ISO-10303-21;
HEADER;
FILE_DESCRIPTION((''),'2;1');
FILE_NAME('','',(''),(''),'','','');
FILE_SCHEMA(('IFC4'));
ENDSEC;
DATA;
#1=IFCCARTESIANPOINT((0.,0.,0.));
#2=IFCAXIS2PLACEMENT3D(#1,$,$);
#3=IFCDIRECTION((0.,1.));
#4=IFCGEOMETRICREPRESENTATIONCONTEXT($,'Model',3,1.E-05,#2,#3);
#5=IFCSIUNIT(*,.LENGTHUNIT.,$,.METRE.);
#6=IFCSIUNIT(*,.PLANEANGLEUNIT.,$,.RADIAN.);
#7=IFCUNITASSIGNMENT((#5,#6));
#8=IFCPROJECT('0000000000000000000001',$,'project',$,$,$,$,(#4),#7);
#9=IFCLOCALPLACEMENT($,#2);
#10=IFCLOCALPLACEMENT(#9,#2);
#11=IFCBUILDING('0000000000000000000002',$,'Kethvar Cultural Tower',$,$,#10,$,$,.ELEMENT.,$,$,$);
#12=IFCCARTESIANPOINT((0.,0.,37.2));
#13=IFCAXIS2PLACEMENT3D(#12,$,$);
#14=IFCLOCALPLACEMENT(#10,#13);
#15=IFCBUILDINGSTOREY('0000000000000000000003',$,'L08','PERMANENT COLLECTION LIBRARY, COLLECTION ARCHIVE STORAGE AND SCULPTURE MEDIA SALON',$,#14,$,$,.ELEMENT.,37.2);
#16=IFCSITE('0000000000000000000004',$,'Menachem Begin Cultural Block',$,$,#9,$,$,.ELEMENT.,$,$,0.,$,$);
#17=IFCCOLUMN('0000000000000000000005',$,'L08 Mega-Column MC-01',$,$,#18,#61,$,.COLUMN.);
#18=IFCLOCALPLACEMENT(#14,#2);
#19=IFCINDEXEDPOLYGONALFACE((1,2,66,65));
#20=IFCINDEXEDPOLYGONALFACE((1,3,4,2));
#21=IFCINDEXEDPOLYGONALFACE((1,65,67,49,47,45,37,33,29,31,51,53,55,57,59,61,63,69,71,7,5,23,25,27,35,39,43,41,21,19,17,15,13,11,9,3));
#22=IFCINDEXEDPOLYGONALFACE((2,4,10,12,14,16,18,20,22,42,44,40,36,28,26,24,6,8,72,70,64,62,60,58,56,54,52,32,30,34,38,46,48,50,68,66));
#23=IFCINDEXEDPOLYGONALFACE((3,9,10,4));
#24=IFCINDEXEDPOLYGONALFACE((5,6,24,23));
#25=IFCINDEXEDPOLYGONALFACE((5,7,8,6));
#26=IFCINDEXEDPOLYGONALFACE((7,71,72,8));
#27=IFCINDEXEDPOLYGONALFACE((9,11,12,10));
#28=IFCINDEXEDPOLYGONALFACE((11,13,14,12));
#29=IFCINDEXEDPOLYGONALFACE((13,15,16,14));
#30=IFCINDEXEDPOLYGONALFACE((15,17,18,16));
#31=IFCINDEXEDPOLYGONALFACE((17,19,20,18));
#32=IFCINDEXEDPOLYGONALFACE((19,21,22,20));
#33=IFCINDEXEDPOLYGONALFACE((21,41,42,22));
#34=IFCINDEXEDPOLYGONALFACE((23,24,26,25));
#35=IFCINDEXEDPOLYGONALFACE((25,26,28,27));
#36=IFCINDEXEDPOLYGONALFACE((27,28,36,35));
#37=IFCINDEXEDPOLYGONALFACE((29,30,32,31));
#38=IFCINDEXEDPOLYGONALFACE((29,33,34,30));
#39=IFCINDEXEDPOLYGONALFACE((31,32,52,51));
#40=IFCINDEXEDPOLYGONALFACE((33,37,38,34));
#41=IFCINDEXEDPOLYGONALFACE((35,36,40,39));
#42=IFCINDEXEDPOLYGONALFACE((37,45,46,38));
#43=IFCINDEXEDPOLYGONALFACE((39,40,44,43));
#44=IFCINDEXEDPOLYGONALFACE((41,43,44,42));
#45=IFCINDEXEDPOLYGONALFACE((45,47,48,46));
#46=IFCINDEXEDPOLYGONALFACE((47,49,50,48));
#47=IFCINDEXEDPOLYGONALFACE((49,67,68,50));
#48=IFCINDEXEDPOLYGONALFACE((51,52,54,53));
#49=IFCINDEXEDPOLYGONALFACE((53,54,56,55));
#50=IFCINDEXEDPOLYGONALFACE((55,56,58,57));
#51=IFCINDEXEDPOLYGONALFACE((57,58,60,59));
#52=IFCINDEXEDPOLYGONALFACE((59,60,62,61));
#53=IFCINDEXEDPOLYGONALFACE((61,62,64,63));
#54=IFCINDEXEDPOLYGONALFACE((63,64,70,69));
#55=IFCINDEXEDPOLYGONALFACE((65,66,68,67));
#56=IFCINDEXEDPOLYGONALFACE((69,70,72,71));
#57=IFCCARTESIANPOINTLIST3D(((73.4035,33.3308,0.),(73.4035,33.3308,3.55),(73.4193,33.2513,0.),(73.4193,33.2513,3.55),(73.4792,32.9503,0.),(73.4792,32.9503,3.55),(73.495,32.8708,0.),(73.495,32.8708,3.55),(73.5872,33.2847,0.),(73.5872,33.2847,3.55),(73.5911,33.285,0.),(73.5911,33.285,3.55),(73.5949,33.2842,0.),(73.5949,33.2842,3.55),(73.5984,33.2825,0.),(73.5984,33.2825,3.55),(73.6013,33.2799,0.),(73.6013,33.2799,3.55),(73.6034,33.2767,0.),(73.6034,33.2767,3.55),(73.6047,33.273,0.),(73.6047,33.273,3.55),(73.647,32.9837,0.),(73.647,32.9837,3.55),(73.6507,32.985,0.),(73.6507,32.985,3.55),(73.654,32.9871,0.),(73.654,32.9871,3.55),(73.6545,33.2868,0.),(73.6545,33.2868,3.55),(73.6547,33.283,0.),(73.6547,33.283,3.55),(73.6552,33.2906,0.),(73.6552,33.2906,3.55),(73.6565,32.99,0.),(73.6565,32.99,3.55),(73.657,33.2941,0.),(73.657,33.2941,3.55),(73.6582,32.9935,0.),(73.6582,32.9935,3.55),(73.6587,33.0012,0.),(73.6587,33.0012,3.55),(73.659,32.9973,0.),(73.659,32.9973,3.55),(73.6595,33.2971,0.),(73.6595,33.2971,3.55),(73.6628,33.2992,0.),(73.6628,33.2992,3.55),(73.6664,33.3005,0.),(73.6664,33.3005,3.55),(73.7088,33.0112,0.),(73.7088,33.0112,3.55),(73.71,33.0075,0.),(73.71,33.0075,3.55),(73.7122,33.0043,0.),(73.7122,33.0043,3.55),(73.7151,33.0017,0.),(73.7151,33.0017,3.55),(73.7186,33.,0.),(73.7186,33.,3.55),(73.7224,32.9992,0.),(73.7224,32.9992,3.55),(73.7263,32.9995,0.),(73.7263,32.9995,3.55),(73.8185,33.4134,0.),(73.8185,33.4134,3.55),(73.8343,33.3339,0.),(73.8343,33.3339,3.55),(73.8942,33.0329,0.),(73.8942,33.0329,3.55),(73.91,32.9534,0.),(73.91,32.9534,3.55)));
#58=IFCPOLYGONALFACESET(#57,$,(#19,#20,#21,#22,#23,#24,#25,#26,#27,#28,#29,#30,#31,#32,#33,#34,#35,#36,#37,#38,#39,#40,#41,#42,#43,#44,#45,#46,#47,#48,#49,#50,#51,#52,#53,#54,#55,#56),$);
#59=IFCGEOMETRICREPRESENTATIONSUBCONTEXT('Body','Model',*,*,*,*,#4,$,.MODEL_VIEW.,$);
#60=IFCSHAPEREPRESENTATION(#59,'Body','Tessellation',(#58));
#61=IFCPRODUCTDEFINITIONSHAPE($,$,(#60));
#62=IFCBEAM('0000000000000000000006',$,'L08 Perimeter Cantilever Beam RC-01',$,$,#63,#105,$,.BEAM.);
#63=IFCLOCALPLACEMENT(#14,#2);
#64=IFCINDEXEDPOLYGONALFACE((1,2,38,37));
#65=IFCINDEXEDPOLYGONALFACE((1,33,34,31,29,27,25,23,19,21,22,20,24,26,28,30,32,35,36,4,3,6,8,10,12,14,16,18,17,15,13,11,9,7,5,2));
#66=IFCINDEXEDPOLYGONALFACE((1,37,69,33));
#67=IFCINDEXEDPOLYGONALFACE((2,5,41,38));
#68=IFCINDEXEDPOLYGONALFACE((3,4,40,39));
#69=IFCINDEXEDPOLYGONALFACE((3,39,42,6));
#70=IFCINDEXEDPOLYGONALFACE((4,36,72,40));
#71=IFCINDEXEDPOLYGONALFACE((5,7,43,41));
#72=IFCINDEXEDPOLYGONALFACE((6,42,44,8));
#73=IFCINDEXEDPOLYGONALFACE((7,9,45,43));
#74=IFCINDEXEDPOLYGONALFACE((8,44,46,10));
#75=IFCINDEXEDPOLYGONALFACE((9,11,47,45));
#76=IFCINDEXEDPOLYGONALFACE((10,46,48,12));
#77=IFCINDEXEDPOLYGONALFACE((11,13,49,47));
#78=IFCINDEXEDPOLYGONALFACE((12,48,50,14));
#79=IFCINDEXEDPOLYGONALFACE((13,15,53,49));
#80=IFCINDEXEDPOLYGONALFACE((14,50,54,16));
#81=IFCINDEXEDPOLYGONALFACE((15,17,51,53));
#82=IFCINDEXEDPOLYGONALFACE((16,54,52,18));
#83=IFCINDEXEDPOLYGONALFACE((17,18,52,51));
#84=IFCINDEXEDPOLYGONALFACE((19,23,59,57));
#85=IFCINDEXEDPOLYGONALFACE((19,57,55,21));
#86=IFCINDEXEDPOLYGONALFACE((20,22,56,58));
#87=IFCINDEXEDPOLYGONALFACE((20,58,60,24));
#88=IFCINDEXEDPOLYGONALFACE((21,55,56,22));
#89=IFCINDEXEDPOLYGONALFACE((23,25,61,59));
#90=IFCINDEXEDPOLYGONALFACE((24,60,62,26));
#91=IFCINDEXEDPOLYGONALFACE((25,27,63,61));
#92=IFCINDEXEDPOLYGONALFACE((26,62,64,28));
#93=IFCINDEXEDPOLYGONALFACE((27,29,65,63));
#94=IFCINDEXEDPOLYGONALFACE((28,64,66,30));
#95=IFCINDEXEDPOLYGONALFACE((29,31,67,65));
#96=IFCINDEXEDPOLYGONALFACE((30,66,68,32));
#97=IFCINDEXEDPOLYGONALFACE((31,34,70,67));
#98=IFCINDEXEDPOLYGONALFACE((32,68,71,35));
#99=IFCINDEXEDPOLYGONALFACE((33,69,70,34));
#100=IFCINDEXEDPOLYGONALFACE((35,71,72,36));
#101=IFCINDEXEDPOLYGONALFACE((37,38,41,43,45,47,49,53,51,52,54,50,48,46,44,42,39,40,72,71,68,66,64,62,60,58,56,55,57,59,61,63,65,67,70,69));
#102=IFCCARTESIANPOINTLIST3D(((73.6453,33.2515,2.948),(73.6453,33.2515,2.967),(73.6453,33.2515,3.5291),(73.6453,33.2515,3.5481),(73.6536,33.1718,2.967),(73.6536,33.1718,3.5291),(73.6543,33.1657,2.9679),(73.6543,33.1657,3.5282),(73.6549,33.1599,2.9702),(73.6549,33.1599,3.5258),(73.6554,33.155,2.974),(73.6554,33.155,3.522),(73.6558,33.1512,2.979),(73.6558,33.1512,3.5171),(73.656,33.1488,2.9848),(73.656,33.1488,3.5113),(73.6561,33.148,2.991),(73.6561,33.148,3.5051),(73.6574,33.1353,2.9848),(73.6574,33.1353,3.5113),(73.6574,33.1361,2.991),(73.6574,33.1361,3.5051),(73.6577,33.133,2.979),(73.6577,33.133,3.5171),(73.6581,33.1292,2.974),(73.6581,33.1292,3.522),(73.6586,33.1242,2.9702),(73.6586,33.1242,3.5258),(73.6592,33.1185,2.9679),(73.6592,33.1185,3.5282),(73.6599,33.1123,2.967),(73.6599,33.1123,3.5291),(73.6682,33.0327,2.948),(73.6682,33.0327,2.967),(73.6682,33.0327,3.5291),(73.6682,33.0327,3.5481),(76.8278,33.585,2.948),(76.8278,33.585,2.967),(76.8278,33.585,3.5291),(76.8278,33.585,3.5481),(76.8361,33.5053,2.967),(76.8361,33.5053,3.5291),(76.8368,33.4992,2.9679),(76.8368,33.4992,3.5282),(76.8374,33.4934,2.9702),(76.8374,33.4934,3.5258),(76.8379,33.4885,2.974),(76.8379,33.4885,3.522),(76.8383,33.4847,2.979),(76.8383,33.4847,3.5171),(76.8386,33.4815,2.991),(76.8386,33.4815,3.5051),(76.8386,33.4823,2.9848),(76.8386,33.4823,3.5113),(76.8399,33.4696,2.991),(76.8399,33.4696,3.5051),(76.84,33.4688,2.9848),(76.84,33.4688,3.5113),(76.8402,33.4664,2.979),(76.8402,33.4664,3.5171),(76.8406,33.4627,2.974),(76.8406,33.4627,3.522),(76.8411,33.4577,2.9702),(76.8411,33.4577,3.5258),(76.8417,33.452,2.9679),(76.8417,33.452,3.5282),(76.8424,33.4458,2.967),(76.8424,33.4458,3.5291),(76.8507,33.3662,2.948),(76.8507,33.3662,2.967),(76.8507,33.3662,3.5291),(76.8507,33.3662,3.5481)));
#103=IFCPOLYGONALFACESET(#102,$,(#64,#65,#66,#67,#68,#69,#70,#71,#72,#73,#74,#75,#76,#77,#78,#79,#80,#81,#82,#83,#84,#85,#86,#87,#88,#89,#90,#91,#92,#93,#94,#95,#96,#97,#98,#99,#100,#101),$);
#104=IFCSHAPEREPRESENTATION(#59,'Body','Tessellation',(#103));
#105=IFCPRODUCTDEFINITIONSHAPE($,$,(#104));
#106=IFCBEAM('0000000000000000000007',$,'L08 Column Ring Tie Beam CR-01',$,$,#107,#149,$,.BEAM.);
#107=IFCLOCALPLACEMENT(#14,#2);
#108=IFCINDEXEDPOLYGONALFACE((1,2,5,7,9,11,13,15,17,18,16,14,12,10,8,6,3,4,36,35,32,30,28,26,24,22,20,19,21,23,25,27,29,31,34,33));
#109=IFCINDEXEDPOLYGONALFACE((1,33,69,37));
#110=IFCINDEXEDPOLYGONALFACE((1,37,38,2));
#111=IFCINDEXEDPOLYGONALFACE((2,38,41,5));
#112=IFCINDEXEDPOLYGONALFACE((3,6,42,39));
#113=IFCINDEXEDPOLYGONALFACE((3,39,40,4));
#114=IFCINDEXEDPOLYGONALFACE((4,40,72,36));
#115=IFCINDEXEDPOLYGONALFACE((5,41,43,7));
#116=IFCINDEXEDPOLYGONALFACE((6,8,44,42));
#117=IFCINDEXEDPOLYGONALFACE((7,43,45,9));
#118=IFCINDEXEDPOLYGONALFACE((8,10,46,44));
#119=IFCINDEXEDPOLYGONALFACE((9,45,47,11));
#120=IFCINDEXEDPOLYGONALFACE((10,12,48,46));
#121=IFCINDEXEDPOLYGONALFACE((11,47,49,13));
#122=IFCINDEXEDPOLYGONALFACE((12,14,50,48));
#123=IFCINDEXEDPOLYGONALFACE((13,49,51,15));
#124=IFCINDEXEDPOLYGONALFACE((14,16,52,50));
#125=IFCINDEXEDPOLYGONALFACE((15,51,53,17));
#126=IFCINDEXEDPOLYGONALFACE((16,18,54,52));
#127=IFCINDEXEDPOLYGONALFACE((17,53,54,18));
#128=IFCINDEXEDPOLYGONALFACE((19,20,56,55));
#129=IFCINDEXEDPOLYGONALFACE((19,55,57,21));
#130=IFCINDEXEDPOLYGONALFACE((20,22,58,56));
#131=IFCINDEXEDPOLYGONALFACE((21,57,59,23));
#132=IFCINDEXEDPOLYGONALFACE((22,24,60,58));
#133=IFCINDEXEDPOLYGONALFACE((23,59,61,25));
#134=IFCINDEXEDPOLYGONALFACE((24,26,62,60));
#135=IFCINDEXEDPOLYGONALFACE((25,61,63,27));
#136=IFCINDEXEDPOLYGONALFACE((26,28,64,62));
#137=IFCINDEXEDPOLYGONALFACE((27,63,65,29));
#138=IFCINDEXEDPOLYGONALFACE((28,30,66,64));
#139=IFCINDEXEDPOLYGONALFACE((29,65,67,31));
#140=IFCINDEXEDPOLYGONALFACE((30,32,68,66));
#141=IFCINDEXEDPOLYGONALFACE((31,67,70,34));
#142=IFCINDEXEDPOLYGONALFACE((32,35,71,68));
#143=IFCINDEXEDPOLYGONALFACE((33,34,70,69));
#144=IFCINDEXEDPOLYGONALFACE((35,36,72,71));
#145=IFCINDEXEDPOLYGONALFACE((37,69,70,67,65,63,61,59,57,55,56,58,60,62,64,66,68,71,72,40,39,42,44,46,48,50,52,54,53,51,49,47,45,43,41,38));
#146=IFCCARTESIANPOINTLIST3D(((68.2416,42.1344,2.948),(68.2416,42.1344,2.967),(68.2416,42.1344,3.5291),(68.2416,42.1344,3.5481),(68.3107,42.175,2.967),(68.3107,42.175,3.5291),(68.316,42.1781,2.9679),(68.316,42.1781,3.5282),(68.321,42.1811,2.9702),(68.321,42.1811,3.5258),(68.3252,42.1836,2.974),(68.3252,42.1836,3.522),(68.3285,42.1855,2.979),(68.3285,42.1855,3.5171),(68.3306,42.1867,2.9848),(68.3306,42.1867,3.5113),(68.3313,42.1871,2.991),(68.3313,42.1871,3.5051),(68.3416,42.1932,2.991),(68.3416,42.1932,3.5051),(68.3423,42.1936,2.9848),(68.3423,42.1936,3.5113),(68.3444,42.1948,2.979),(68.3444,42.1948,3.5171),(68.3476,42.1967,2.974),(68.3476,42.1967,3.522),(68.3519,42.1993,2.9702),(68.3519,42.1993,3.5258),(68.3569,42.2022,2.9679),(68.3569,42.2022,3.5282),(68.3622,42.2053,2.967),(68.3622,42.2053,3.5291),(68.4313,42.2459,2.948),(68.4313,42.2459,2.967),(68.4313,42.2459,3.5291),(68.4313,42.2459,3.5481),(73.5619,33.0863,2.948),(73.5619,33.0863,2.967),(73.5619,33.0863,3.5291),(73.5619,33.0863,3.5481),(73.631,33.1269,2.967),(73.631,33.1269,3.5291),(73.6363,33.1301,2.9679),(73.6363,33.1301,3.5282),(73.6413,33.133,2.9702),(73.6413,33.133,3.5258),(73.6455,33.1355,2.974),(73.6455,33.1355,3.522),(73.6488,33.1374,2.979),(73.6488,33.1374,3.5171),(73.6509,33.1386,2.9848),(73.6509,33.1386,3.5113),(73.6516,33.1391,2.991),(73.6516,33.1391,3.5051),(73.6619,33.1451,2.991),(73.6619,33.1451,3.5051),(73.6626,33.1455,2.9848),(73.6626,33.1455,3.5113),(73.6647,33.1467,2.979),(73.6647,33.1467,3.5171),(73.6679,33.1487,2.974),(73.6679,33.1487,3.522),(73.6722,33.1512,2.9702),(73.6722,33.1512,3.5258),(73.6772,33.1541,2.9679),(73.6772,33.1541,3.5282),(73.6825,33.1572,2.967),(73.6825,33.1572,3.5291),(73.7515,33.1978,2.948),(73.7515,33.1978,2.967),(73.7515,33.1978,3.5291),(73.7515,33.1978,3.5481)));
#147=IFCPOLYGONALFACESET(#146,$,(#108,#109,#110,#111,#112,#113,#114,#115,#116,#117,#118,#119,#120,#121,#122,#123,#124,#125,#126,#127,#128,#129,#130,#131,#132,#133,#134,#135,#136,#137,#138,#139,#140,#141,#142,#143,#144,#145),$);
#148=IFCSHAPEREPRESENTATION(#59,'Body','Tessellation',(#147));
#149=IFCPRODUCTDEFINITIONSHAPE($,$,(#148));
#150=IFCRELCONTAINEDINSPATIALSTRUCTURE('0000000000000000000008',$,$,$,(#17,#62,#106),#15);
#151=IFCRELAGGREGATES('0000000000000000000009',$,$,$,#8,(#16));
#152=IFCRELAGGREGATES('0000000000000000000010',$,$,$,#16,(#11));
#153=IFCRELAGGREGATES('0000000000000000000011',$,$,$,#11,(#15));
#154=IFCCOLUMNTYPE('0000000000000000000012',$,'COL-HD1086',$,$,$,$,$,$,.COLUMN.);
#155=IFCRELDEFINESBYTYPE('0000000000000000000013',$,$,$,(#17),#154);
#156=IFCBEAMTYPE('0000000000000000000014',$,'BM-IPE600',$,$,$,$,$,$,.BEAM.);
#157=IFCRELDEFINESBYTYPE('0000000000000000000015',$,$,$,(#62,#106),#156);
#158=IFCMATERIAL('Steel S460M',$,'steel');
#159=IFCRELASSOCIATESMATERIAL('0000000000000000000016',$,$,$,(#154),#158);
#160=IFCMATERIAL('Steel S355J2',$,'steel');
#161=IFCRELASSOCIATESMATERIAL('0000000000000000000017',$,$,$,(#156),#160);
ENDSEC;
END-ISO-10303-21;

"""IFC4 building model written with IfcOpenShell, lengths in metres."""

from ifc_helpers import new_model, si_unit, direction, frame, origin, origin_2d, place, context, subcontext, project, spatial, i_section, extrude, source, transform, mapped, material, material_profile, profile_set, type_object, element, save


model = new_model("IFC4")

# Units and contexts
model_context = context("Model", 3, precision=1e-05, world=origin(), true_north=direction((0.0, 1.0)))
body_context = subcontext(model_context, "Body", "Model", "MODEL_VIEW")
ifc_project = project(units=[si_unit("LENGTHUNIT", "METRE"), si_unit("PLANEANGLEUNIT", "RADIAN")], contexts=[model_context])

# Site, building, storey
site_placement = place(None, origin())
site = spatial("IfcSite", under=ifc_project, at=site_placement, Name="Menachem Begin Cultural Block", CompositionType="ELEMENT", RefElevation=0.0)
building_placement = place(site_placement, origin())
building = spatial("IfcBuilding", under=site, at=building_placement, Name="Kethvar Cultural Tower", CompositionType="ELEMENT")
storey_placement = place(building_placement, frame((0.0, 0.0, 37.2)))
storey = spatial("IfcBuildingStorey", under=building, at=storey_placement, Name="L08", Description="PERMANENT COLLECTION LIBRARY, COLLECTION ARCHIVE STORAGE AND SCULPTURE MEDIA SALON", CompositionType="ELEMENT", Elevation=37.2)

# Column
ifc_material_1 = material(Name="Steel S460M", Category="steel")
ifc_material_profile_1 = material_profile(ifc_material_1, i_section(OverallWidth=0.4231, OverallDepth=0.469, WebThickness=0.051, FlangeThickness=0.0811, FilletRadius=0.0149, at=origin_2d()), Name="Steel S460M — HD400x1086")
ifc_profile_set_1 = profile_set([ifc_material_profile_1], Name="Steel S460M — HD400x1086")
column_type = type_object("IfcColumnType", Name="COL-HD1086", PredefinedType="COLUMN", material=ifc_profile_set_1)
shared_shape_1 = source(origin(), body_context, "Body", "SweptSolid", [
    extrude(i_section(OverallWidth=0.4231, OverallDepth=0.469, WebThickness=0.051, FlangeThickness=0.0811, FilletRadius=0.0149, at=origin_2d()), origin(), (0.0, 0.0, 1.0), 3.55),
])
column_placement = place(storey_placement, frame((73.6567, 33.1421, 0.0), z_axis=(0.0, 0.0, 1.0), x_axis=(0.980785, 0.19509, 0.0)))
element("IfcColumn", 1, at=column_placement, inside=storey, type_object=column_type, Name="L08 Mega-Column MC-01", PredefinedType="COLUMN", context=body_context, shape_type="MappedRepresentation", body=[
    mapped(shared_shape_1, transform((0.0, 0.0, 0.0), scale=1.0)),
])

# Beams
ifc_material_2 = material(Name="Steel S355J2", Category="steel")
ifc_material_profile_2 = material_profile(ifc_material_2, i_section(OverallWidth=0.22, OverallDepth=0.6001, WebThickness=0.012, FlangeThickness=0.019, FilletRadius=0.0239, at=origin_2d()), Name="Steel S355J2 — IPE600")
ifc_profile_set_2 = profile_set([ifc_material_profile_2], Name="Steel S355J2 — IPE600")
beam_type_1 = type_object("IfcBeamType", Name="BM-IPE600", PredefinedType="BEAM", material=ifc_profile_set_2)
shared_shape_2 = source(origin(), body_context, "Body", "SweptSolid", [
    extrude(i_section(OverallWidth=0.22, OverallDepth=0.6001, WebThickness=0.012, FlangeThickness=0.019, FilletRadius=0.0239, at=origin_2d()), origin(), (0.0, 0.0, 1.0), 3.2),
])
beam_1_placement = place(storey_placement, frame((73.6567, 33.1421, 3.248), z_axis=(0.994555, 0.104216, 0.0), x_axis=(-0.104216, 0.994555, 0.0)))
element("IfcBeam", 2, at=beam_1_placement, inside=storey, type_object=beam_type_1, Name="L08 Perimeter Cantilever Beam RC-01", PredefinedType="BEAM", context=body_context, shape_type="MappedRepresentation", body=[
    mapped(shared_shape_2, transform((0.0, 0.0, 0.0), scale=1.0)),
])
shared_shape_3 = source(origin(), body_context, "Body", "SweptSolid", [
    extrude(i_section(OverallWidth=0.22, OverallDepth=0.6001, WebThickness=0.012, FlangeThickness=0.019, FilletRadius=0.0239, at=origin_2d()), origin(), (0.0, 0.0, 1.0), 10.4963),
])
beam_2_placement = place(storey_placement, frame((73.6567, 33.1421, 3.248), z_axis=(-0.506872, 0.862022, 0.0), x_axis=(-0.862022, -0.506872, 0.0)))
element("IfcBeam", 3, at=beam_2_placement, inside=storey, type_object=beam_type_1, Name="L08 Column Ring Tie Beam CR-01", PredefinedType="BEAM", context=body_context, shape_type="MappedRepresentation", body=[
    mapped(shared_shape_3, transform((0.0, 0.0, 0.0), scale=1.0)),
])

save(model, "model.ifc")
